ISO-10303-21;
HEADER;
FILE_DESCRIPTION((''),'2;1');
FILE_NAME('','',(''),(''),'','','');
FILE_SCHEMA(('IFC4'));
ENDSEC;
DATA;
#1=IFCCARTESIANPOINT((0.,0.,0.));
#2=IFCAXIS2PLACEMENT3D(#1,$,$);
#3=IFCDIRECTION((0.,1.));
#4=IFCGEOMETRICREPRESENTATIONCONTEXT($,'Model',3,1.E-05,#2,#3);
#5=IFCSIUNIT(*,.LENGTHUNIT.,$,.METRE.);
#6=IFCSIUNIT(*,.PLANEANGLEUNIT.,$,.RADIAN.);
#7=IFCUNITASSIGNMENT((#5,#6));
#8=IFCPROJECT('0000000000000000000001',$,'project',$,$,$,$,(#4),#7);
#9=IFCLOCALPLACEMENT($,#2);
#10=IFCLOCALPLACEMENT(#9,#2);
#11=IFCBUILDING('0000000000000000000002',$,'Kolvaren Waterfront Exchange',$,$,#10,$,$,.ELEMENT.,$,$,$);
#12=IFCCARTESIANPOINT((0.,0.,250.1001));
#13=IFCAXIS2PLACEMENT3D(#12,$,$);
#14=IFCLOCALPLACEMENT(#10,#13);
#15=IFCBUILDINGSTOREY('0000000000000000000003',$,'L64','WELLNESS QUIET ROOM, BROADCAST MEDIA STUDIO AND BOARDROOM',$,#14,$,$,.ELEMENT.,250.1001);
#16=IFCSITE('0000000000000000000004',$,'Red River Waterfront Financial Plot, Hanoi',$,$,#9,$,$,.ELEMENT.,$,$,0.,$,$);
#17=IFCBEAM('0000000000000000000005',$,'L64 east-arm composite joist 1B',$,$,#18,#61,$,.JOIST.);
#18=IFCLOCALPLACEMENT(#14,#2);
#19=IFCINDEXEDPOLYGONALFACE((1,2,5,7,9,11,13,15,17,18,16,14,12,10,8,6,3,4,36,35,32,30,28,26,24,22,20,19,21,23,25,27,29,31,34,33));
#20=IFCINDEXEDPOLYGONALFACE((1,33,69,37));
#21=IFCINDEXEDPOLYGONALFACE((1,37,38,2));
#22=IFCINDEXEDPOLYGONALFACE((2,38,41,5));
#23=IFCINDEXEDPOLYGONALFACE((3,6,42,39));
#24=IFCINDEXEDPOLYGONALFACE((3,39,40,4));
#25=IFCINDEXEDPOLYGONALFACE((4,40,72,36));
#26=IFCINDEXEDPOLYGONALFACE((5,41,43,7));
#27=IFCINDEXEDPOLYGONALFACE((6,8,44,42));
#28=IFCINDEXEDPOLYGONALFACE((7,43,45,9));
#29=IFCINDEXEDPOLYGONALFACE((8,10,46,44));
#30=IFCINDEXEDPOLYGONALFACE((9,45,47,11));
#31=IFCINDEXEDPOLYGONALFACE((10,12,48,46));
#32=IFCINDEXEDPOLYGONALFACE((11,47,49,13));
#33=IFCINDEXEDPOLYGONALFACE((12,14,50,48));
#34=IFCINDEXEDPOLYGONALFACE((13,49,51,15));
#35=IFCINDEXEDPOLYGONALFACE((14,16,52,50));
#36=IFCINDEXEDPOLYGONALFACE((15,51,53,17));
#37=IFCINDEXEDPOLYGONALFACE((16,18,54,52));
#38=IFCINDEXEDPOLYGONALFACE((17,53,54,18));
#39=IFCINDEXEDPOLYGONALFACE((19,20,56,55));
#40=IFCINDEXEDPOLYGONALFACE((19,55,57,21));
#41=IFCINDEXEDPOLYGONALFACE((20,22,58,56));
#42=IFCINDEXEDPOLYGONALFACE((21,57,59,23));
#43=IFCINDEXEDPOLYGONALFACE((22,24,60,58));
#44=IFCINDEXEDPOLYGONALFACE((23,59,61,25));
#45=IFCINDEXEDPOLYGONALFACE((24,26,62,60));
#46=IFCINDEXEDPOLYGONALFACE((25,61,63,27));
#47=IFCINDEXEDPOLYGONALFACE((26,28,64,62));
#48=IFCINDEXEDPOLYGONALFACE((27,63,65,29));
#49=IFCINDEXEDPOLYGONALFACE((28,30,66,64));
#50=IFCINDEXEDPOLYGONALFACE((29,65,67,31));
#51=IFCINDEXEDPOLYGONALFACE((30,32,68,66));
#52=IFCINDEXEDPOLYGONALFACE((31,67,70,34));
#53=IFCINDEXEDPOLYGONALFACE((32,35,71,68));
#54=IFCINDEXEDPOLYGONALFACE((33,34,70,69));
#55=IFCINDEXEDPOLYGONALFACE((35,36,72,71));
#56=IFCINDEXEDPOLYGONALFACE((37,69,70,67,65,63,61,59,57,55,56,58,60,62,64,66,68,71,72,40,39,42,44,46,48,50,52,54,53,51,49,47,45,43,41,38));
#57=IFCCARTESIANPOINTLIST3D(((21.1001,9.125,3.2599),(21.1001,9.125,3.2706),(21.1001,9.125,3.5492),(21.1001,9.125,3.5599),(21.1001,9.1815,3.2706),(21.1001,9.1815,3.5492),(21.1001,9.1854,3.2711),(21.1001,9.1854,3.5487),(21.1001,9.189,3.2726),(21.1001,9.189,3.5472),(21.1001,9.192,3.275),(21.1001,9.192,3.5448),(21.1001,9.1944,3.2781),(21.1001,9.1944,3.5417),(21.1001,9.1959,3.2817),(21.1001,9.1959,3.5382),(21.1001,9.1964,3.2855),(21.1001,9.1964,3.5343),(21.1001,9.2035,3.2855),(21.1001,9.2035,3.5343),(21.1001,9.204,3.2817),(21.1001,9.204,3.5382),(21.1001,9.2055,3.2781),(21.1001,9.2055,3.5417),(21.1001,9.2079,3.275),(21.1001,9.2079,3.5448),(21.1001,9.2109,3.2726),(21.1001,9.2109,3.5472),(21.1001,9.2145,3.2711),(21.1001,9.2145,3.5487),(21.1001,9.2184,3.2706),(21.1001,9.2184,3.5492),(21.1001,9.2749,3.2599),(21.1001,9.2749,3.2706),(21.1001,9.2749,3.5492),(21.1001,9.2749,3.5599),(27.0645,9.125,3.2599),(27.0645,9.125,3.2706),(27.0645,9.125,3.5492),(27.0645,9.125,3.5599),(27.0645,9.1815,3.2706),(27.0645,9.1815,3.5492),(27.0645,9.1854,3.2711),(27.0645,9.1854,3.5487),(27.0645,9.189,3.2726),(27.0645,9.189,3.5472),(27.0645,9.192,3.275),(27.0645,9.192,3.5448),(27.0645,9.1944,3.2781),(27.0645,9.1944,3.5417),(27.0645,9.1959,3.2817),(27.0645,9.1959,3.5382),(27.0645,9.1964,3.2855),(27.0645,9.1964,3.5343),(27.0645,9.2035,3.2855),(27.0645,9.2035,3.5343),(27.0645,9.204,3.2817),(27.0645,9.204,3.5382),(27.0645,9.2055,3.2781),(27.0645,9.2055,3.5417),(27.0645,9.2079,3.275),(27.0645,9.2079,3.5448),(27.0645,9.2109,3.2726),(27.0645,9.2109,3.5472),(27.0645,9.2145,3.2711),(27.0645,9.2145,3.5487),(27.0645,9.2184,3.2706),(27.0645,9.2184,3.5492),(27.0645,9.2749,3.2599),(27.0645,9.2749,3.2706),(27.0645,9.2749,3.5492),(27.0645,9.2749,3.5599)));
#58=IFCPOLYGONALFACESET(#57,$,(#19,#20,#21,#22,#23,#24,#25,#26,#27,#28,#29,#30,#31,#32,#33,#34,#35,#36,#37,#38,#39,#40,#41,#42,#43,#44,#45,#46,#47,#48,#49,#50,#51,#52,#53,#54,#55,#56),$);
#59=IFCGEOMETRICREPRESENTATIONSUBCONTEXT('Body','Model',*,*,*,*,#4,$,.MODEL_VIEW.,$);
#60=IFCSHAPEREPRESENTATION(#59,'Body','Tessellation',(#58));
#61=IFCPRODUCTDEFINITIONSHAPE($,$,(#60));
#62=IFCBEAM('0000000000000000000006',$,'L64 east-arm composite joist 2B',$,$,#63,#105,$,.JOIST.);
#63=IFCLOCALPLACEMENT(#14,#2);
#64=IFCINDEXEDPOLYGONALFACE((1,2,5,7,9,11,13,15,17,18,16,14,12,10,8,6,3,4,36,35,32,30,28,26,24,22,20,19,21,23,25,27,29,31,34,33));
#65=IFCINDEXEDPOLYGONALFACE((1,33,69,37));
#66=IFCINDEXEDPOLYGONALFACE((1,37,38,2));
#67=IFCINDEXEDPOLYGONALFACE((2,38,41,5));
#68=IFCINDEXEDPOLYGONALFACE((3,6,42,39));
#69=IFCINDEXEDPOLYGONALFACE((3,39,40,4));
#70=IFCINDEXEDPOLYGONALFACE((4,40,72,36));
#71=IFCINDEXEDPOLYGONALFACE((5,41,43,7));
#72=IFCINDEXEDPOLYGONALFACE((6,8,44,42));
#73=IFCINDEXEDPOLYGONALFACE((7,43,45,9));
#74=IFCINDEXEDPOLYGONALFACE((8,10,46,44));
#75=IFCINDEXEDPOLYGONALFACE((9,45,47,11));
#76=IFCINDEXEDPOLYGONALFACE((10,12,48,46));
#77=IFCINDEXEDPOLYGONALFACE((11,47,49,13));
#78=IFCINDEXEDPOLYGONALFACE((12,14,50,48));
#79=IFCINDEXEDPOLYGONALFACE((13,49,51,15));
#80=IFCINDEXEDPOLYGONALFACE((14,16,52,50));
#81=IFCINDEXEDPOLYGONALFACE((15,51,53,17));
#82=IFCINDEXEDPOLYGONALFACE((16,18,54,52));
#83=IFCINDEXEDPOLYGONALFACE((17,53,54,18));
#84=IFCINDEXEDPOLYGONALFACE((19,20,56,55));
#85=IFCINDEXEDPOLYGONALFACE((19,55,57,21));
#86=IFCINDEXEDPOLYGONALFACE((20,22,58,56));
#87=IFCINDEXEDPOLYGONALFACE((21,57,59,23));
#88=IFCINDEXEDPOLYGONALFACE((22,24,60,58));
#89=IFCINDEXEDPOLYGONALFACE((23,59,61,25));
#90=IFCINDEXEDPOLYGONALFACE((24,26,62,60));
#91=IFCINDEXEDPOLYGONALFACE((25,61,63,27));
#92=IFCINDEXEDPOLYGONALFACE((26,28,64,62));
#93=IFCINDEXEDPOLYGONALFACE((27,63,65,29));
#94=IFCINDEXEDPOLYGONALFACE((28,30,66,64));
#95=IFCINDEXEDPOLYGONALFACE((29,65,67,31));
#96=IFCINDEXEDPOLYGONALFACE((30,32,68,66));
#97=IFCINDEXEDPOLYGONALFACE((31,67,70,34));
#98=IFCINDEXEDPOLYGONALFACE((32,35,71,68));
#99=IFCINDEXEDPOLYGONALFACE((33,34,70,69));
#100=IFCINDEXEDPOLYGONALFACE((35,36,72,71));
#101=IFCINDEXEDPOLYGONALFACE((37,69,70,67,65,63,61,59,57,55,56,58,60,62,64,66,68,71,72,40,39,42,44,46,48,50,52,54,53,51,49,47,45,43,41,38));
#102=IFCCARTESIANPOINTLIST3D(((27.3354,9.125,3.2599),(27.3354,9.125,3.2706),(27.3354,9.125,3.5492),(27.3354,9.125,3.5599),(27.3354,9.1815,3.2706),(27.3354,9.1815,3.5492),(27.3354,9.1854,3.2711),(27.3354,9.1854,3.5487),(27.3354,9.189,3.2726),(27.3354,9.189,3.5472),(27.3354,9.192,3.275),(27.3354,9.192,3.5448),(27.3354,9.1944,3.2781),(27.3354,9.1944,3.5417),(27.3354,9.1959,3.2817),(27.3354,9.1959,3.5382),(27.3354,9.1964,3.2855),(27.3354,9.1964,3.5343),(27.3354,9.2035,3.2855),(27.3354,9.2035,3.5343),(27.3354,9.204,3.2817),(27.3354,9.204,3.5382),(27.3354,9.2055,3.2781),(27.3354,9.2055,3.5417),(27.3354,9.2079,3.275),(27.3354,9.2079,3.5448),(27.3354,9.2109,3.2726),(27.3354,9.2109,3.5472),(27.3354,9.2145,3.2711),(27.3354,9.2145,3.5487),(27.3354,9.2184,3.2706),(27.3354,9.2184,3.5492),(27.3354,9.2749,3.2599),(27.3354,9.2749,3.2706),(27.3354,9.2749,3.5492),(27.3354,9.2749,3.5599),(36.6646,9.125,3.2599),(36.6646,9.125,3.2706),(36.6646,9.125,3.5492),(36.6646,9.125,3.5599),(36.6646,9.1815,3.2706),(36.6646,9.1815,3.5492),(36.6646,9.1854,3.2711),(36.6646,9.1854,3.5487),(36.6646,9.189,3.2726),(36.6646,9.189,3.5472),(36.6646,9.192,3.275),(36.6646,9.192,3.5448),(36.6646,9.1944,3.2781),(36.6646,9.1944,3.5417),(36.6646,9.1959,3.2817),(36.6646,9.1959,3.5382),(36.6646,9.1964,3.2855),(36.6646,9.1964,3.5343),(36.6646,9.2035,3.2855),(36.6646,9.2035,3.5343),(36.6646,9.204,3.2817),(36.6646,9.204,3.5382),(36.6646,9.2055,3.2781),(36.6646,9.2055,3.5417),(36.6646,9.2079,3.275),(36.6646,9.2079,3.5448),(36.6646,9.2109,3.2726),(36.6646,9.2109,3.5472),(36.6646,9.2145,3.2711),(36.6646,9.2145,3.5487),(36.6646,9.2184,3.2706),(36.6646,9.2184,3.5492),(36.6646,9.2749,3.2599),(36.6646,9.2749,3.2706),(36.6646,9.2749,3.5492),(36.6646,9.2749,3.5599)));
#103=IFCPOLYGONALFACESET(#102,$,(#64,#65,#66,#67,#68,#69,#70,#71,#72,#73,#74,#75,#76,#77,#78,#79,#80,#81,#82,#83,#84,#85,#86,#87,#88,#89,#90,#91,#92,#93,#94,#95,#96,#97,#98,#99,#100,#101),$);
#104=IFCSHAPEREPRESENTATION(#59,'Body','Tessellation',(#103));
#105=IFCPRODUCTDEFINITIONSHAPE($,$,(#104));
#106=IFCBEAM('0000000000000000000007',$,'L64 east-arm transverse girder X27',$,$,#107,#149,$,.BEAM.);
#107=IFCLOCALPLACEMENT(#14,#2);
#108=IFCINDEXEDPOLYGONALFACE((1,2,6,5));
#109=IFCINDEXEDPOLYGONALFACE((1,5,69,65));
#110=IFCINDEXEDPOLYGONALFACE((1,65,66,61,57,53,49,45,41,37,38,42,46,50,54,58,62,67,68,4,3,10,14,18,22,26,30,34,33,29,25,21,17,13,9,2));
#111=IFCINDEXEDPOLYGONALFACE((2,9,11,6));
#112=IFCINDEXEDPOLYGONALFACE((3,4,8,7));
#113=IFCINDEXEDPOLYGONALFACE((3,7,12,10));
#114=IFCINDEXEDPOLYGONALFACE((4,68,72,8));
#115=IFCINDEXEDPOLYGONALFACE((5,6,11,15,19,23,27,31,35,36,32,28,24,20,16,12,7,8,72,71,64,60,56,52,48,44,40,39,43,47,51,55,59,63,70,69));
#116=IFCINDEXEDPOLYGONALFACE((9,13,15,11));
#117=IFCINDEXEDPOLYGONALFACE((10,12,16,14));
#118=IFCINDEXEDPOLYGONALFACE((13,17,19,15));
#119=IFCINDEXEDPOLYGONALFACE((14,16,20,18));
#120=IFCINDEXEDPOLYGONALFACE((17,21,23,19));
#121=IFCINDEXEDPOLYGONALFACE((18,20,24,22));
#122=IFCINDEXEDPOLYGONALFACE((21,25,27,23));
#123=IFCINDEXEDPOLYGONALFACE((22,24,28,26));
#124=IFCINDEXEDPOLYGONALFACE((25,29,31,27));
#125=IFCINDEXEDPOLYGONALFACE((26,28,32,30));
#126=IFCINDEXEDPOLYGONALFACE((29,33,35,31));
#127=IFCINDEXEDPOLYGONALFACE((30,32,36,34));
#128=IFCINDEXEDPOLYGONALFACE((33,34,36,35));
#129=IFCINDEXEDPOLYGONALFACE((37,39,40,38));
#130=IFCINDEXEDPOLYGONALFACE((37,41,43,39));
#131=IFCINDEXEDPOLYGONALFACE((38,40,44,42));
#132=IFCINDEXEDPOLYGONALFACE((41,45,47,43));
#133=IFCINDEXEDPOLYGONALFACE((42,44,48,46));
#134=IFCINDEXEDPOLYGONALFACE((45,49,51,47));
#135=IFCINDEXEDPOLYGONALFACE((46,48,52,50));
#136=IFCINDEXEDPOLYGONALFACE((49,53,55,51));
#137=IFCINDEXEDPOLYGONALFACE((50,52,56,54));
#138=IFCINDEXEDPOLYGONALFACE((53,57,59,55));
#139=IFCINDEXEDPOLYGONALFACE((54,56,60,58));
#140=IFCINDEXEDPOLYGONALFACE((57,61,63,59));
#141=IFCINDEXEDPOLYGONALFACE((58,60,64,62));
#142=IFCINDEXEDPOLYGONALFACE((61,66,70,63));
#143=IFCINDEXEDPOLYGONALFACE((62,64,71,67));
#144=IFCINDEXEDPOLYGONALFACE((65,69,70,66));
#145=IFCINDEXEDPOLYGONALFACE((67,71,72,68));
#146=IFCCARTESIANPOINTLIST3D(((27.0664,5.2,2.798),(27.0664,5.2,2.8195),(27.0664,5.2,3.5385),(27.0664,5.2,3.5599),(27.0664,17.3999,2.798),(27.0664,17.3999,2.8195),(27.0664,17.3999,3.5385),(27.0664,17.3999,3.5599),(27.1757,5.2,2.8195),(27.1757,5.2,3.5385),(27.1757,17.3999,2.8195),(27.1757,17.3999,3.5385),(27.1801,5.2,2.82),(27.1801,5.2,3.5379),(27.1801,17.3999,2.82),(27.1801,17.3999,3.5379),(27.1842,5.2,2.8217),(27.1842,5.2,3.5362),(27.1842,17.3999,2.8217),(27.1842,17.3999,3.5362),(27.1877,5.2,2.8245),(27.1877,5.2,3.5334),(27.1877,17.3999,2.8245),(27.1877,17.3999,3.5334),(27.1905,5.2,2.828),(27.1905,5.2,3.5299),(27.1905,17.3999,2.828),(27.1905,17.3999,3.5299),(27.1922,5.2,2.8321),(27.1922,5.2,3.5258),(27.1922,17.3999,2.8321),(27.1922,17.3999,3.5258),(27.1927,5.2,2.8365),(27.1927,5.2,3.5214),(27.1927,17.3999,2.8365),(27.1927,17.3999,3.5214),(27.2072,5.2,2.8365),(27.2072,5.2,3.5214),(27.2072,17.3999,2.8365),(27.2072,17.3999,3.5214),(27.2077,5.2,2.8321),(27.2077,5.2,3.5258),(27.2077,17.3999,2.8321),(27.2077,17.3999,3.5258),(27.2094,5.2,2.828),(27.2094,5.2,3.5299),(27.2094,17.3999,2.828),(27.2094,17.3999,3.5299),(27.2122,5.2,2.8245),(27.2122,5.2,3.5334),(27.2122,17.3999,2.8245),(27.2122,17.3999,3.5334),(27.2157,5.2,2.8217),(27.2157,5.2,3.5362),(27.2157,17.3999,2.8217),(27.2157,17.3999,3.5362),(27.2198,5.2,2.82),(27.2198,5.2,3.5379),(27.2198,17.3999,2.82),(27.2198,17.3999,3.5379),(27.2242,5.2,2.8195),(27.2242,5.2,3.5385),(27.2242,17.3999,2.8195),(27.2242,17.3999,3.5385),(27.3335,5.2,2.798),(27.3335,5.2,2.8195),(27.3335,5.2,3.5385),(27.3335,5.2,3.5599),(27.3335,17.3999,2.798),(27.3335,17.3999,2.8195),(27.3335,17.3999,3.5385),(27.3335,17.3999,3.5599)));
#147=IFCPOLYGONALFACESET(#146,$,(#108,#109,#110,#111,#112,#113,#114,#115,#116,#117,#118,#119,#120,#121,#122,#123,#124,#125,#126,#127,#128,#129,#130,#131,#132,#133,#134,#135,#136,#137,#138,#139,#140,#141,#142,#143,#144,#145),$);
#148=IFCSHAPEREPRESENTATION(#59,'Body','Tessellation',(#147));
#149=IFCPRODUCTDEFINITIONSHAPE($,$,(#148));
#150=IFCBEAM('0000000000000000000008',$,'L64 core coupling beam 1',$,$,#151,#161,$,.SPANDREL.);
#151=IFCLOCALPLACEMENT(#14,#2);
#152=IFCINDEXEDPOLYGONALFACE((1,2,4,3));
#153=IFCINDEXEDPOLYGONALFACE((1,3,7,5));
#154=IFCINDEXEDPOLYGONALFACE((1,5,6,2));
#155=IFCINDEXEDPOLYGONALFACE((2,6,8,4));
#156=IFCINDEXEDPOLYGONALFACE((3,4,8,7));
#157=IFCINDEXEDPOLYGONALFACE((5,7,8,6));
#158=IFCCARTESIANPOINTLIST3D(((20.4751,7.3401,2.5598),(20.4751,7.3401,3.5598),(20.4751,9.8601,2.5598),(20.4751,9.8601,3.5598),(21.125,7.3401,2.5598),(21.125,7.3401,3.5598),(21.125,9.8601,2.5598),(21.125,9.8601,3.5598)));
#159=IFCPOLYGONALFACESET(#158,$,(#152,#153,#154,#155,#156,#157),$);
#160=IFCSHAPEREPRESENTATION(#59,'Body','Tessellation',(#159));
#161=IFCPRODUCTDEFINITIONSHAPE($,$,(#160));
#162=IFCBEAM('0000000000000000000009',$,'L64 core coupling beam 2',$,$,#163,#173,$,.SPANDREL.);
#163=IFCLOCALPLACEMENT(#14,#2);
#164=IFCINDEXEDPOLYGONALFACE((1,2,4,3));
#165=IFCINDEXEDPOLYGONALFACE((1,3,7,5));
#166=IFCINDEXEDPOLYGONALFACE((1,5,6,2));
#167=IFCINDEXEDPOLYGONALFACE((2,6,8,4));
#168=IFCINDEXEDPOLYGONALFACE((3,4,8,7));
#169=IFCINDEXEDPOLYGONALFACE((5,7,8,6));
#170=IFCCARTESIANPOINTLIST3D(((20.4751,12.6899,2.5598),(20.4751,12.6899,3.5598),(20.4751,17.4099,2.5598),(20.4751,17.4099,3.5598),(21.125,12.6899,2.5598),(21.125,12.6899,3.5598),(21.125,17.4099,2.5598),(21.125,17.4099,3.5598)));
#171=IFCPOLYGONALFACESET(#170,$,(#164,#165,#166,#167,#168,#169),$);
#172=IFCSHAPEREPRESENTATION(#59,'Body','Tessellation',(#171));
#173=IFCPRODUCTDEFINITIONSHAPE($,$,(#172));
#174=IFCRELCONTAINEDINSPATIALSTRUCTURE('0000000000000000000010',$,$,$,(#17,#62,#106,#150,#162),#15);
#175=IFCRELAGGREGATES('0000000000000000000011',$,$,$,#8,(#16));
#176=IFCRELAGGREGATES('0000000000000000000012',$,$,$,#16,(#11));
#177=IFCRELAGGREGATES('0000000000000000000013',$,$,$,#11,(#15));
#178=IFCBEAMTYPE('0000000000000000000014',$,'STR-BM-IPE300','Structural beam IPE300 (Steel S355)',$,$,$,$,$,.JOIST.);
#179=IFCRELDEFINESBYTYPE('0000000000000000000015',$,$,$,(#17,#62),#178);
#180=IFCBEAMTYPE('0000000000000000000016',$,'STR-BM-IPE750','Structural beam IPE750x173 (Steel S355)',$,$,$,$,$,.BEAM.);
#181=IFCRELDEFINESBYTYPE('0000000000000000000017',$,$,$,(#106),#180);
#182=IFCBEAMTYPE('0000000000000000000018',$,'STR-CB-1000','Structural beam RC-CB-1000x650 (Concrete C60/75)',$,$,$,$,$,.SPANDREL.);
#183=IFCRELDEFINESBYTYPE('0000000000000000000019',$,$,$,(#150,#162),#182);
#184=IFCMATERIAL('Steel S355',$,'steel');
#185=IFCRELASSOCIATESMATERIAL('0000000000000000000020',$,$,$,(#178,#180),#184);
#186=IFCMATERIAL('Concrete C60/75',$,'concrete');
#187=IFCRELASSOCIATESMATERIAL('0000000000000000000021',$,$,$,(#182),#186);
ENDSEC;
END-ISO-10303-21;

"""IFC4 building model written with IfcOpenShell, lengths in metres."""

from ifc_helpers import new_model, si_unit, direction, frame, origin, origin_2d, place, context, subcontext, project, spatial, rectangle, i_section, extrude, material, material_profile, profile_set, type_object, element, save


model = new_model("IFC4")

# Units and contexts
model_context = context("Model", 3, precision=1e-05, world=origin(), true_north=direction((0.0, 1.0)))
body_context = subcontext(model_context, "Body", "Model", "MODEL_VIEW")
ifc_project = project(units=[si_unit("LENGTHUNIT", "METRE"), si_unit("PLANEANGLEUNIT", "RADIAN")], contexts=[model_context])

# Site, building, storey
site_placement = place(None, origin())
site = spatial("IfcSite", under=ifc_project, at=site_placement, Name="Red River Waterfront Financial Plot, Hanoi", CompositionType="ELEMENT", RefElevation=0.0)
building_placement = place(site_placement, origin())
building = spatial("IfcBuilding", under=site, at=building_placement, Name="Kolvaren Waterfront Exchange", CompositionType="ELEMENT")
storey_placement = place(building_placement, frame((0.0, 0.0, 250.1001)))
storey = spatial("IfcBuildingStorey", under=building, at=storey_placement, Name="L64", Description="WELLNESS QUIET ROOM, BROADCAST MEDIA STUDIO AND BOARDROOM", CompositionType="ELEMENT", Elevation=250.1001)

# Beams
ifc_material_1 = material(Name="Steel S355", Category="steel")
ifc_material_profile_1 = material_profile(ifc_material_1, i_section(OverallWidth=0.1499, OverallDepth=0.3, WebThickness=0.0071, FlangeThickness=0.0107, FilletRadius=0.0149, at=origin_2d()), Name="IPE300")
ifc_profile_set_1 = profile_set([ifc_material_profile_1], Name="Steel S355")
beam_type_1 = type_object("IfcBeamType", Name="STR-BM-IPE300", Description="Structural beam IPE300 (Steel S355)", PredefinedType="JOIST", material=ifc_profile_set_1)
for number, where, z_axis, x_axis, name in (
    (1, (21.1001, 9.2, 3.4099), (1.0, 0.0, 0.0), (0.0, 1.0, 0.0), "L64 east-arm composite joist 1B"),
):
    element("IfcBeam", number, at=place(storey_placement, frame(where, z_axis=z_axis, x_axis=x_axis)), inside=storey, type_object=beam_type_1, Name=name, PredefinedType="JOIST", context=body_context, shape_type="SweptSolid", body=[
        extrude(i_section(OverallWidth=0.1499, OverallDepth=0.3, WebThickness=0.0071, FlangeThickness=0.0107, FilletRadius=0.0149, at=origin_2d()), origin(), (0.0, 0.0, 1.0), 5.9644),
    ])
beam_1_placement = place(storey_placement, frame((27.3354, 9.2, 3.4099), z_axis=(1.0, 0.0, 0.0), x_axis=(0.0, 1.0, 0.0)))
element("IfcBeam", 2, at=beam_1_placement, inside=storey, type_object=beam_type_1, Name="L64 east-arm composite joist 2B", PredefinedType="JOIST", context=body_context, shape_type="SweptSolid", body=[
    extrude(i_section(OverallWidth=0.1499, OverallDepth=0.3, WebThickness=0.0071, FlangeThickness=0.0107, FilletRadius=0.0149, at=origin_2d()), origin(), (0.0, 0.0, 1.0), 9.3291),
])
ifc_material_profile_2 = material_profile(ifc_material_1, i_section(OverallWidth=0.2671, OverallDepth=0.762, WebThickness=0.0144, FlangeThickness=0.0215, FilletRadius=0.0171, at=origin_2d()), Name="IPE750x173")
ifc_profile_set_2 = profile_set([ifc_material_profile_2], Name="Steel S355")
beam_type_2 = type_object("IfcBeamType", Name="STR-BM-IPE750", Description="Structural beam IPE750x173 (Steel S355)", PredefinedType="BEAM", material=ifc_profile_set_2)
beam_2_placement = place(storey_placement, frame((27.2, 5.2, 3.179), z_axis=(0.0, 1.0, 0.0), x_axis=(-1.0, 0.0, 0.0)))
element("IfcBeam", 3, at=beam_2_placement, inside=storey, type_object=beam_type_2, Name="L64 east-arm transverse girder X27", PredefinedType="BEAM", context=body_context, shape_type="SweptSolid", body=[
    extrude(i_section(OverallWidth=0.2671, OverallDepth=0.762, WebThickness=0.0144, FlangeThickness=0.0215, FilletRadius=0.0171, at=origin_2d()), origin(), (0.0, 0.0, 1.0), 12.2),
])
ifc_material_2 = material(Name="Concrete C60/75", Category="concrete")
ifc_material_profile_3 = material_profile(ifc_material_2, rectangle(XDim=0.6499, YDim=1.0, at=origin_2d()), Name="RC-CB-1000x650")
ifc_profile_set_3 = profile_set([ifc_material_profile_3], Name="Concrete C60/75")
beam_type_3 = type_object("IfcBeamType", Name="STR-CB-1000", Description="Structural beam RC-CB-1000x650 (Concrete C60/75)", PredefinedType="SPANDREL", material=ifc_profile_set_3)
beam_3_placement = place(storey_placement, frame((20.8, 7.3401, 3.0598), z_axis=(0.0, 1.0, 0.0), x_axis=(-1.0, 0.0, 0.0)))
element("IfcBeam", 4, at=beam_3_placement, inside=storey, type_object=beam_type_3, Name="L64 core coupling beam 1", PredefinedType="SPANDREL", context=body_context, shape_type="SweptSolid", body=[
    extrude(rectangle(XDim=0.6499, YDim=1.0, at=origin_2d()), origin(), (0.0, 0.0, 1.0), 2.52),
])
beam_4_placement = place(storey_placement, frame((20.8, 12.6899, 3.0598), z_axis=(0.0, 1.0, 0.0), x_axis=(-1.0, 0.0, 0.0)))
element("IfcBeam", 5, at=beam_4_placement, inside=storey, type_object=beam_type_3, Name="L64 core coupling beam 2", PredefinedType="SPANDREL", context=body_context, shape_type="SweptSolid", body=[
    extrude(rectangle(XDim=0.6499, YDim=1.0, at=origin_2d()), origin(), (0.0, 0.0, 1.0), 4.72),
])

save(model, "model.ifc")
